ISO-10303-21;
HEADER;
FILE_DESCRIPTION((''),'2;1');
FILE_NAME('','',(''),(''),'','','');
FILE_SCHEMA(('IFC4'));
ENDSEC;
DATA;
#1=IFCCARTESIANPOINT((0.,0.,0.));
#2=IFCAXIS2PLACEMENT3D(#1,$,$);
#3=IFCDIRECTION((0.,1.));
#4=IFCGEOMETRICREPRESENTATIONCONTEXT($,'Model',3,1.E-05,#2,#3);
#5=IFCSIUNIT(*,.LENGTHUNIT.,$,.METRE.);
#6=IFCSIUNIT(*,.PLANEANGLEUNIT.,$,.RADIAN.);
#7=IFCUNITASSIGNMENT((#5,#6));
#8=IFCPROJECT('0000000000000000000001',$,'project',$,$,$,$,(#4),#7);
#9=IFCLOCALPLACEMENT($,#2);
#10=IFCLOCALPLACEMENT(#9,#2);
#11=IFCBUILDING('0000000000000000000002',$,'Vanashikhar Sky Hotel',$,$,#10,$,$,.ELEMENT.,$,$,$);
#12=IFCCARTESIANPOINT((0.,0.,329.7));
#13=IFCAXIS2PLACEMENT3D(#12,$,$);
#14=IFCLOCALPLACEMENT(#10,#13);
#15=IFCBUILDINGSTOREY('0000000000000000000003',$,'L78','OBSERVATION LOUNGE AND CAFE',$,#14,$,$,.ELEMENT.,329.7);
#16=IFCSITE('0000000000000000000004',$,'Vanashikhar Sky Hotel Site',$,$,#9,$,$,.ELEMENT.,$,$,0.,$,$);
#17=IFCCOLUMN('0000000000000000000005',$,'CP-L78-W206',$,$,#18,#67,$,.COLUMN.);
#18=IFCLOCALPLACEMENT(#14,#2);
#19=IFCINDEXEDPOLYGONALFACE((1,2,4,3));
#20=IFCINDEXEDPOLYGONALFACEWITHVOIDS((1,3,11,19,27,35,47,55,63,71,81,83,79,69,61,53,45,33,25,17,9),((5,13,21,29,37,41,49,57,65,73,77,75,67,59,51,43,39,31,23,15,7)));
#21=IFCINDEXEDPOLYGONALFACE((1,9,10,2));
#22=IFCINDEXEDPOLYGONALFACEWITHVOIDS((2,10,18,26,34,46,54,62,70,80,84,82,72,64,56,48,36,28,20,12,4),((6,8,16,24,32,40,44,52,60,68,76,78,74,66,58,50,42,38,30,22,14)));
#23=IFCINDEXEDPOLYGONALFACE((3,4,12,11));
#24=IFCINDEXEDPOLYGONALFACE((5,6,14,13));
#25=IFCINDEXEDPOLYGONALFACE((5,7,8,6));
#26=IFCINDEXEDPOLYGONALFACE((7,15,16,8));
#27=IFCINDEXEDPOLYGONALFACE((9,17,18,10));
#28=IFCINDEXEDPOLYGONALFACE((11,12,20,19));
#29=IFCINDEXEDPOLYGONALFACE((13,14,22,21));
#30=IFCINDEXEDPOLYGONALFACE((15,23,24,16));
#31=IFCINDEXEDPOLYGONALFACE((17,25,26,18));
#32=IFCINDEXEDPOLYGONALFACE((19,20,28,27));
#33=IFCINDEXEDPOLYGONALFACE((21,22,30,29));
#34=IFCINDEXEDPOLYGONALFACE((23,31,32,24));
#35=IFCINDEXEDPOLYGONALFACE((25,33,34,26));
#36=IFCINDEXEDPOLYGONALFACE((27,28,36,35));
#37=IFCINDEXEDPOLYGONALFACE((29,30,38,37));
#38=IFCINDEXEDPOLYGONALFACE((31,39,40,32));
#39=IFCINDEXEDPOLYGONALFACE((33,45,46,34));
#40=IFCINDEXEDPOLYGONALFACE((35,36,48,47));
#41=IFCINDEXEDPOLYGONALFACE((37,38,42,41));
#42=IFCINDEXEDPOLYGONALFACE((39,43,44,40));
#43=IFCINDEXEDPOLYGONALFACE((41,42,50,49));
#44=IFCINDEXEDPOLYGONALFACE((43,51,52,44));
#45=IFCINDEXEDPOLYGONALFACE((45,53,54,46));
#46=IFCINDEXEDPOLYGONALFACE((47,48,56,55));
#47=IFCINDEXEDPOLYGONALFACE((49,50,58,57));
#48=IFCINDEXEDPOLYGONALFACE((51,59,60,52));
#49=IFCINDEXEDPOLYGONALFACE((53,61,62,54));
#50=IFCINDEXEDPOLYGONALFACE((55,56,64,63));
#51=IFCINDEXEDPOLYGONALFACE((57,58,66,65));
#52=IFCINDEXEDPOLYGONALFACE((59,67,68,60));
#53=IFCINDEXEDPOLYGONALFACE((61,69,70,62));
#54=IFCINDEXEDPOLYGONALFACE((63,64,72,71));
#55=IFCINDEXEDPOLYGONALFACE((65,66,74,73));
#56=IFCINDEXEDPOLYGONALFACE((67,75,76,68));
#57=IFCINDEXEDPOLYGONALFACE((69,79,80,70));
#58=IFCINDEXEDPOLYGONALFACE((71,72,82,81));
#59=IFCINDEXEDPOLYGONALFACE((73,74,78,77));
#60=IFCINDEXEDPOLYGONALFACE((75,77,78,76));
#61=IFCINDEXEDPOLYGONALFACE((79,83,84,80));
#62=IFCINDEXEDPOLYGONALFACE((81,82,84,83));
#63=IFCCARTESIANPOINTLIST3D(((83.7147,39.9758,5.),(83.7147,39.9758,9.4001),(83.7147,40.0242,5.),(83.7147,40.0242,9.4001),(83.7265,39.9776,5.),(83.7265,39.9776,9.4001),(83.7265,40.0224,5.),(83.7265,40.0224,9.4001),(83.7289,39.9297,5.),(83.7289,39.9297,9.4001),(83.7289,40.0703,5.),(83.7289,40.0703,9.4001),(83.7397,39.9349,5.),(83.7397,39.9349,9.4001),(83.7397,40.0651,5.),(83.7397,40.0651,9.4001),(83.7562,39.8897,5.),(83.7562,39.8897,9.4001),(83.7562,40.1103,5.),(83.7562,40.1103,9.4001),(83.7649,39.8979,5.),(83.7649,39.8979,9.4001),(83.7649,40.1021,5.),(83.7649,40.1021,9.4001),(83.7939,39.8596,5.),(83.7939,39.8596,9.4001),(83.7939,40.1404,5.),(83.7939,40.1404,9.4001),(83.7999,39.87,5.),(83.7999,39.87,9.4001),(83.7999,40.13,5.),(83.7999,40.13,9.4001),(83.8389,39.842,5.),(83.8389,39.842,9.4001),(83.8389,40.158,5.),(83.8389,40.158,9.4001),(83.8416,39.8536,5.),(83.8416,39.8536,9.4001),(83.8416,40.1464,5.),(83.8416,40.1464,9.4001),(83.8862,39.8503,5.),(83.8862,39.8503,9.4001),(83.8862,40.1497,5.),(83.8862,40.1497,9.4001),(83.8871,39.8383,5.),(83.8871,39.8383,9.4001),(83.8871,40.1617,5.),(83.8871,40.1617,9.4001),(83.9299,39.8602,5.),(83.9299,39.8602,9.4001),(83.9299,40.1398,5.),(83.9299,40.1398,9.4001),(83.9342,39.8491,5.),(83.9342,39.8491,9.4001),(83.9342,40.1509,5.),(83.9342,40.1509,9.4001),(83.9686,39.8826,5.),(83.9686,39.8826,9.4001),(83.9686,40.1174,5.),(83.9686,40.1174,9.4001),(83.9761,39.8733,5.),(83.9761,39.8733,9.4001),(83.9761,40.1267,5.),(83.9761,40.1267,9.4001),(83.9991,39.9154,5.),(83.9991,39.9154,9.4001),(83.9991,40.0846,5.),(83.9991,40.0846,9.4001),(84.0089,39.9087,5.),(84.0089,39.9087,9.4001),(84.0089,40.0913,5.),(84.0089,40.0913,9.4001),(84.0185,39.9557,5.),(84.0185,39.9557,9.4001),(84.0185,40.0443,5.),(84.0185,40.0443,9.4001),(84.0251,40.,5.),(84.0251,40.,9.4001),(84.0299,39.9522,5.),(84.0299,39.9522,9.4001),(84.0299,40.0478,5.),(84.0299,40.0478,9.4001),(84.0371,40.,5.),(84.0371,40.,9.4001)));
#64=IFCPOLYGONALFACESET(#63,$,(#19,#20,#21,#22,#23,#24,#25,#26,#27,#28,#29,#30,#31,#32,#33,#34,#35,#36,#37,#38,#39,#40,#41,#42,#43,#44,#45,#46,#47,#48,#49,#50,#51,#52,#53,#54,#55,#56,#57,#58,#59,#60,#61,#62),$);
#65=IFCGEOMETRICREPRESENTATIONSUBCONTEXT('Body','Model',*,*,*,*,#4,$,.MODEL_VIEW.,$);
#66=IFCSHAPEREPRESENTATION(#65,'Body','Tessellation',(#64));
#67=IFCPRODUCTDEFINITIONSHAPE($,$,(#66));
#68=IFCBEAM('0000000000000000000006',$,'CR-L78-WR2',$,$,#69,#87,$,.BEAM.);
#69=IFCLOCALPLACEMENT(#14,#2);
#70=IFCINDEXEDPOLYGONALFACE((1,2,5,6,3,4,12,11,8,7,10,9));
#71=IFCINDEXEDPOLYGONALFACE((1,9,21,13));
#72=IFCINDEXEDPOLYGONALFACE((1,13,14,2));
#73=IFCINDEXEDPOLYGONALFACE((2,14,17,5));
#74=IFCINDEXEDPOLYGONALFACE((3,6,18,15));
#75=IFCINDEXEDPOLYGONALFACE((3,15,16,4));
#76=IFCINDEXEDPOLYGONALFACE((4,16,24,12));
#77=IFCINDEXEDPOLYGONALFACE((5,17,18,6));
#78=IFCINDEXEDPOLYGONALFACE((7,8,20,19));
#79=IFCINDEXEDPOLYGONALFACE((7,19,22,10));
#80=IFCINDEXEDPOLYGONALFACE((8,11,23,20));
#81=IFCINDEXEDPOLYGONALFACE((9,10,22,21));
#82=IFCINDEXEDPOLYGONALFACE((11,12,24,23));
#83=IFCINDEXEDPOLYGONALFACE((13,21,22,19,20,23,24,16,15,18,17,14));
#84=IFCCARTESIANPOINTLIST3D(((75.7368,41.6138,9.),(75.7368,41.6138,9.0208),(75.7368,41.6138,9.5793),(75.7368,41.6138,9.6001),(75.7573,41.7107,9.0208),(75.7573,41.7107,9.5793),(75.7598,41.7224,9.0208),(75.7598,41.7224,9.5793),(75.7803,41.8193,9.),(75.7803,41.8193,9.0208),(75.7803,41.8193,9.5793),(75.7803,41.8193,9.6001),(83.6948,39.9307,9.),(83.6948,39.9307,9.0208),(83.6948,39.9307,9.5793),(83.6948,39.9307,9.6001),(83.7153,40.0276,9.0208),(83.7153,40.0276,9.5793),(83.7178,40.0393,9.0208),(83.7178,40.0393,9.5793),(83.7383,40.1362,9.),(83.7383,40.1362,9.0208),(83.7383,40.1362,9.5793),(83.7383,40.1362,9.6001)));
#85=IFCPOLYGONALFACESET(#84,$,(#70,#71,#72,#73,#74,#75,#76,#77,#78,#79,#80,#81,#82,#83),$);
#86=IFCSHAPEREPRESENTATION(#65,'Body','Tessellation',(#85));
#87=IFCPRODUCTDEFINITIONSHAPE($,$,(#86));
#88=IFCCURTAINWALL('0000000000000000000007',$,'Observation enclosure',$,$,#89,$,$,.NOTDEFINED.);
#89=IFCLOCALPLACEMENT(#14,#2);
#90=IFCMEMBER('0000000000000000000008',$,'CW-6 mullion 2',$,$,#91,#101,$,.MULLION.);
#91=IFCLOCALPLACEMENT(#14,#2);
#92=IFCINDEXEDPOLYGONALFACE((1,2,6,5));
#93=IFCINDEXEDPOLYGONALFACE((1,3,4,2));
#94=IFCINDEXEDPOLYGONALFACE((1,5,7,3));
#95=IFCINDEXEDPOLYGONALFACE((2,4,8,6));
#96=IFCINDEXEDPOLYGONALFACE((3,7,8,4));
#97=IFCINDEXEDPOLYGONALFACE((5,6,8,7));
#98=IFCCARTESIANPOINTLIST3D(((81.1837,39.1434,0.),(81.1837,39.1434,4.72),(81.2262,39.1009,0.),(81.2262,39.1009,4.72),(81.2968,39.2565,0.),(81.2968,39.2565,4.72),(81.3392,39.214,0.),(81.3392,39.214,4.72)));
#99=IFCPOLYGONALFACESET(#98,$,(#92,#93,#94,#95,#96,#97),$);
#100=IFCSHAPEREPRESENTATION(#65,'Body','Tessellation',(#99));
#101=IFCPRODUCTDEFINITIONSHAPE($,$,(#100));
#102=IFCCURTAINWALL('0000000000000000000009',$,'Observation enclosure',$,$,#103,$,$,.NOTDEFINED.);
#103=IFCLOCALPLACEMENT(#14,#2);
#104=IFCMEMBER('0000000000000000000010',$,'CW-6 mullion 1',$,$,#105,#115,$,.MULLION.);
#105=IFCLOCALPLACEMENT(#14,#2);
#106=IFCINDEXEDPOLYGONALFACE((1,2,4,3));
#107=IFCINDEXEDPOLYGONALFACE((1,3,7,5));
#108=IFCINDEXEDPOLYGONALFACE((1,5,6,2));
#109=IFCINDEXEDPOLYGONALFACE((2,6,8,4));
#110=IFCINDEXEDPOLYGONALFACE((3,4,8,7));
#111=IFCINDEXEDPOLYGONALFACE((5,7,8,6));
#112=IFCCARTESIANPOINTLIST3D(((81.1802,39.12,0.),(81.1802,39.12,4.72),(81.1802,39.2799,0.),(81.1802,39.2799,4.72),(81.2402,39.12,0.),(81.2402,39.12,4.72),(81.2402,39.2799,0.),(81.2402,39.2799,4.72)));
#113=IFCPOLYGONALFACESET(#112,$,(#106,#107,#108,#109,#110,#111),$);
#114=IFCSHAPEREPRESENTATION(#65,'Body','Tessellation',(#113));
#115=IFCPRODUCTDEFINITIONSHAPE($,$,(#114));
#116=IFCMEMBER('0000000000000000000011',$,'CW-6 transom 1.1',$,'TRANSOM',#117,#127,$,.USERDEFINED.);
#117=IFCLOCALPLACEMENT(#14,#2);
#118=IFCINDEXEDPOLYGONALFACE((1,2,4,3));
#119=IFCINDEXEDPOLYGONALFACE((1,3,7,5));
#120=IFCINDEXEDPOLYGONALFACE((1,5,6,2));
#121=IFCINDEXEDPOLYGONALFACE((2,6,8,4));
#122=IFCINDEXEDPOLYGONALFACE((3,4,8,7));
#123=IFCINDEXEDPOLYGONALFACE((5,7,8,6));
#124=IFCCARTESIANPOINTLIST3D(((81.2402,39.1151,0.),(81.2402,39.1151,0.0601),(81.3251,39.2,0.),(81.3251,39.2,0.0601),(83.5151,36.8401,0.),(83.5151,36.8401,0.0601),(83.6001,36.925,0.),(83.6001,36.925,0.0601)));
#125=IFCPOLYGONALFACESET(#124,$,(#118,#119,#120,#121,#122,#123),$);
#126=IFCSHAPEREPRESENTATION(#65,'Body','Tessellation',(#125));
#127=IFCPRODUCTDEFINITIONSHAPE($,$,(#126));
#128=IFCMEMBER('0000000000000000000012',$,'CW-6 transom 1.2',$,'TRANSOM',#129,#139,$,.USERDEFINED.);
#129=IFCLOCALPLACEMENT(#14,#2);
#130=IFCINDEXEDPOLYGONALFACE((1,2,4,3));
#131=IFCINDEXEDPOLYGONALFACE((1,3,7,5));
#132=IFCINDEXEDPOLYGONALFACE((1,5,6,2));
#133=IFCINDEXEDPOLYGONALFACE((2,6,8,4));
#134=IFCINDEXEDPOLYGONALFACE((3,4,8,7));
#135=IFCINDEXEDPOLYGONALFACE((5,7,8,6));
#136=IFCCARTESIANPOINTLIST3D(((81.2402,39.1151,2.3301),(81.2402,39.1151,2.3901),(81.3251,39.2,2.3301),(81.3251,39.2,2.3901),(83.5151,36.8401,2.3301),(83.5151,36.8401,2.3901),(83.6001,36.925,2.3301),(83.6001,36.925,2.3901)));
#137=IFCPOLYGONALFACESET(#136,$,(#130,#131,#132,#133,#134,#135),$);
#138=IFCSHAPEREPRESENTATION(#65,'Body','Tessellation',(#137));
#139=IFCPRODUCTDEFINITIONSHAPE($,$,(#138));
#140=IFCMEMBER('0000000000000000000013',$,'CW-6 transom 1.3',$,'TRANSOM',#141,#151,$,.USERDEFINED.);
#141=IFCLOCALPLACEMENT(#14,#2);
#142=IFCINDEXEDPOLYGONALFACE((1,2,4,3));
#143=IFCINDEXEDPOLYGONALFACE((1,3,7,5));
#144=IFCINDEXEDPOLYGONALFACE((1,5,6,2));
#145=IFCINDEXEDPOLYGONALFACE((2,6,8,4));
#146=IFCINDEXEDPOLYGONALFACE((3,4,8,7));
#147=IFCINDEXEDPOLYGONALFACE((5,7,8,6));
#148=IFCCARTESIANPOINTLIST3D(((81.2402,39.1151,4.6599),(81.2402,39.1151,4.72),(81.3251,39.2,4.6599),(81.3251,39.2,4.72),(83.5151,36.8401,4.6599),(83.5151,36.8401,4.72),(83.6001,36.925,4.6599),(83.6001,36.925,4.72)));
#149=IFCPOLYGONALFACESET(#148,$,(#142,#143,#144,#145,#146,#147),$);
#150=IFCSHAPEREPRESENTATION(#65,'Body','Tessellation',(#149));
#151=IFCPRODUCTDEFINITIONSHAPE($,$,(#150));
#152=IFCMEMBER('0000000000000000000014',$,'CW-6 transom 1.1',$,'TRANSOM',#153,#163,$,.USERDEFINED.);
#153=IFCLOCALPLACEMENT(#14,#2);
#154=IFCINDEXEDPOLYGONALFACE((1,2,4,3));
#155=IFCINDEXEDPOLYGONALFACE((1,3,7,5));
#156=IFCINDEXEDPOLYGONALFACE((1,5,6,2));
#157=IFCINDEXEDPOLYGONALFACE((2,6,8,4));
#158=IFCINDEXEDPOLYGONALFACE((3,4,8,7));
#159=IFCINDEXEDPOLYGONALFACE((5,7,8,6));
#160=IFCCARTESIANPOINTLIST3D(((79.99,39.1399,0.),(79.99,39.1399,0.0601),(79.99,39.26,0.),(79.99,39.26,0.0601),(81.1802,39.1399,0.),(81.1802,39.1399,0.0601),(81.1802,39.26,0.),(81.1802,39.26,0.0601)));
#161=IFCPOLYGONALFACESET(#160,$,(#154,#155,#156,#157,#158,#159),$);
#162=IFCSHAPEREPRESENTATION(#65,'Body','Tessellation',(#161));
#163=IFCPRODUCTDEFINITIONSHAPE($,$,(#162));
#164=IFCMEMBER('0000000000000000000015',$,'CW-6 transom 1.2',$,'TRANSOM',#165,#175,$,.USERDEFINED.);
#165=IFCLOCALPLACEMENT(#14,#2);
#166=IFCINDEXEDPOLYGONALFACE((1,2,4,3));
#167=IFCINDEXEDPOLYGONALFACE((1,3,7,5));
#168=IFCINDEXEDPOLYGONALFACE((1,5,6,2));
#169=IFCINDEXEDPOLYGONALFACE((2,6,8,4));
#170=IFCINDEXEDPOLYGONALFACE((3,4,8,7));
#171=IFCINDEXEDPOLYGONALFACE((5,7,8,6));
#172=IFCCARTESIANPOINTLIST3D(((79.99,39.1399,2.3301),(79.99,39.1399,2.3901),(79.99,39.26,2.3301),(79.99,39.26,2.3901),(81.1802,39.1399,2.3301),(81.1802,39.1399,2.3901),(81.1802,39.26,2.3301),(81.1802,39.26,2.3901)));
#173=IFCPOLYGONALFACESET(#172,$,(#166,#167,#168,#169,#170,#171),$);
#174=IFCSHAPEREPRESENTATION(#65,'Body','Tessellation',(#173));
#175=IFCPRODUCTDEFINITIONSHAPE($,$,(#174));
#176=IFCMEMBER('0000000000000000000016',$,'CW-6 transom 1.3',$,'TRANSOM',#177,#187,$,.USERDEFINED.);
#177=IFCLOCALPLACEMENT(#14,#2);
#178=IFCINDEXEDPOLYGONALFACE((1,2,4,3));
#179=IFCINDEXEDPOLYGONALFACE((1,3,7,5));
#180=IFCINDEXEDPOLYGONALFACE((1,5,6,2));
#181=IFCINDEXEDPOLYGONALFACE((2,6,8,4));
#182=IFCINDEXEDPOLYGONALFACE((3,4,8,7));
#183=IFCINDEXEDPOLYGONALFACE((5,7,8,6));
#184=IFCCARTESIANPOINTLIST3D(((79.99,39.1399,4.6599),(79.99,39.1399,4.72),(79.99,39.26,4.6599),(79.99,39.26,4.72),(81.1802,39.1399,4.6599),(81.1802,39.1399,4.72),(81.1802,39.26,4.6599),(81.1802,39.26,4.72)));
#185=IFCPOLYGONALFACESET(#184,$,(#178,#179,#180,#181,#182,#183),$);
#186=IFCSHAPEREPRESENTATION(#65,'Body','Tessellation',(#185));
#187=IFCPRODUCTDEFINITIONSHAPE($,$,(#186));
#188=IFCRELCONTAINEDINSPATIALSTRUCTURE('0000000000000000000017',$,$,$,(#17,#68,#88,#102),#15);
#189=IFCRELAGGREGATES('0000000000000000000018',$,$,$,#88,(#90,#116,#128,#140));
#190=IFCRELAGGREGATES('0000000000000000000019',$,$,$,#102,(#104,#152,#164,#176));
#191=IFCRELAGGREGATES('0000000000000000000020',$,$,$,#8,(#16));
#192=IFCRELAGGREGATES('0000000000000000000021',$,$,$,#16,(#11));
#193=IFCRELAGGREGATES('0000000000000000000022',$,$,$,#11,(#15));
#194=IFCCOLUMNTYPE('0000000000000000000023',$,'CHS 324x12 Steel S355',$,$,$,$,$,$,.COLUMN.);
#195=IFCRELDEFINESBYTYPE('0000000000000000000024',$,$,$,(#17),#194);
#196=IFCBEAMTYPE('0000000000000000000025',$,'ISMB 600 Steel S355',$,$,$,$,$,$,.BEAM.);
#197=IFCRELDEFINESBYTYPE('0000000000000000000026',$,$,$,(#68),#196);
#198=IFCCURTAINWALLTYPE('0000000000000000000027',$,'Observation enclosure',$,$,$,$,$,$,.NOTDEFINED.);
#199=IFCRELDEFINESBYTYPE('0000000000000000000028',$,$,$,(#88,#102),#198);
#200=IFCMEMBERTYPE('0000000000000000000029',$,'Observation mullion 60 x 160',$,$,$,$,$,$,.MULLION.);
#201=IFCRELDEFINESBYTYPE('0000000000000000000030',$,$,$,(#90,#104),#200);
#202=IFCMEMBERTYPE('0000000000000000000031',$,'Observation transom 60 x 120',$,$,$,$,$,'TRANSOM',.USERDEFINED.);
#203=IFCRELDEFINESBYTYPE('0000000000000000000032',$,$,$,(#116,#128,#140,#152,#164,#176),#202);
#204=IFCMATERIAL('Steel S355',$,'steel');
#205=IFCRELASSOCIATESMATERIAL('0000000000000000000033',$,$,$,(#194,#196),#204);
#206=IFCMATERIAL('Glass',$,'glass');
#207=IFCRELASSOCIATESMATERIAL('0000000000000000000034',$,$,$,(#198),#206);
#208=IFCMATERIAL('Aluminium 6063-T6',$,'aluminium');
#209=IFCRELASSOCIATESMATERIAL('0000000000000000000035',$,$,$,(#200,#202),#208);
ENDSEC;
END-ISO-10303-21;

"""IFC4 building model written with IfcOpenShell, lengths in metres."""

from ifc_helpers import new_model, si_unit, direction, frame, origin, origin_2d, place, context, subcontext, project, spatial, rectangle, hollow_circle, i_section, extrude, source, transform, mapped, material, material_profile, profile_set, type_object, element, aggregate, save


model = new_model("IFC4")

# Units and contexts
model_context = context("Model", 3, precision=1e-05, world=origin(), true_north=direction((0.0, 1.0)))
body_context = subcontext(model_context, "Body", "Model", "MODEL_VIEW")
ifc_project = project(units=[si_unit("LENGTHUNIT", "METRE"), si_unit("PLANEANGLEUNIT", "RADIAN")], contexts=[model_context])

# Site, building, storey
site_placement = place(None, origin())
site = spatial("IfcSite", under=ifc_project, at=site_placement, Name="Vanashikhar Sky Hotel Site", CompositionType="ELEMENT", RefElevation=0.0)
building_placement = place(site_placement, origin())
building = spatial("IfcBuilding", under=site, at=building_placement, Name="Vanashikhar Sky Hotel", CompositionType="ELEMENT")
storey_placement = place(building_placement, frame((0.0, 0.0, 329.7)))
storey = spatial("IfcBuildingStorey", under=building, at=storey_placement, Name="L78", Description="OBSERVATION LOUNGE AND CAFE", CompositionType="ELEMENT", Elevation=329.7)

# Column
ifc_material_1 = material(Name="Steel S355", Category="steel")
ifc_material_profile_1 = material_profile(ifc_material_1, hollow_circle(Radius=0.1621, WallThickness=0.012, at=origin_2d()))
ifc_profile_set_1 = profile_set([ifc_material_profile_1], Name="CHS 324x12 Steel S355")
column_type = type_object("IfcColumnType", Name="CHS 324x12 Steel S355", PredefinedType="COLUMN", material=ifc_profile_set_1)
shared_shape_1 = source(origin(), body_context, "Body", "SweptSolid", [
    extrude(hollow_circle(Radius=0.1621, WallThickness=0.012, at=origin_2d()), origin(), (0.0, 0.0, 1.0), 4.4001),
])
column_placement = place(storey_placement, frame((83.875, 40.0, 5.0), z_axis=(0.0, 0.0, 1.0), x_axis=(1.0, 0.0, 0.0)))
element("IfcColumn", 1, at=column_placement, inside=storey, type_object=column_type, Name="CP-L78-W206", PredefinedType="COLUMN", context=body_context, shape_type="MappedRepresentation", body=[
    mapped(shared_shape_1, transform((0.0, 0.0, 0.0), scale=1.0)),
])

# Beam
ifc_material_profile_2 = material_profile(ifc_material_1, i_section(OverallWidth=0.21, OverallDepth=0.6001, WebThickness=0.012, FlangeThickness=0.0208, at=origin_2d()), Name="ISMB 600")
ifc_profile_set_2 = profile_set([ifc_material_profile_2], Name="Steel S355")
beam_type = type_object("IfcBeamType", Name="ISMB 600 Steel S355", PredefinedType="BEAM", material=ifc_profile_set_2)
shared_shape_2 = source(origin(), body_context, "Body", "SweptSolid", [
    extrude(i_section(OverallWidth=0.21, OverallDepth=0.6001, WebThickness=0.012, FlangeThickness=0.0208, at=origin_2d()), origin(), (0.0, 0.0, 1.0), 8.134),
])
beam_placement = place(storey_placement, frame((83.7166, 40.0334, 9.3), z_axis=(-0.978358, 0.206921, 0.0), x_axis=(-0.206921, -0.978358, 0.0)))
element("IfcBeam", 2, at=beam_placement, inside=storey, type_object=beam_type, Name="CR-L78-WR2", PredefinedType="BEAM", context=body_context, shape_type="MappedRepresentation", body=[
    mapped(shared_shape_2, transform((0.0, 0.0, 0.0), scale=1.0)),
])

# Curtain walls, members
ifc_material_2 = material(Name="Glass", Category="glass")
curtain_wall_type = type_object("IfcCurtainWallType", Name="Observation enclosure", PredefinedType="NOTDEFINED", material=ifc_material_2)
curtain_wall_1_placement = place(storey_placement, origin())
curtain_wall_1 = element("IfcCurtainWall", 3, at=curtain_wall_1_placement, inside=storey, type_object=curtain_wall_type, Name="Observation enclosure", PredefinedType="NOTDEFINED")
ifc_material_3 = material(Name="Aluminium 6063-T6", Category="aluminium")
ifc_material_profile_3 = material_profile(ifc_material_3, rectangle(XDim=0.1599, YDim=0.0601, at=origin_2d()))
ifc_profile_set_3 = profile_set([ifc_material_profile_3], Name="Aluminium 6063-T6")
member_type_1 = type_object("IfcMemberType", Name="Observation mullion 60 x 160", PredefinedType="MULLION", material=ifc_profile_set_3)
shared_shape_3 = source(origin(), body_context, "Body", "SweptSolid", [
    extrude(rectangle(XDim=0.1599, YDim=0.0601, at=origin_2d()), origin(), (0.0, 0.0, 1.0), 4.72),
])
member_1_placement = place(storey_placement, frame((81.2615, 39.1787, 0.0), z_axis=(0.0, 0.0, 1.0), x_axis=(-0.707107, -0.707107, 0.0)))
member_1 = element("IfcMember", 4, at=member_1_placement, type_object=member_type_1, Name="CW-6 mullion 2", PredefinedType="MULLION", context=body_context, shape_type="MappedRepresentation", body=[
    mapped(shared_shape_3, transform((0.0, 0.0, 0.0), scale=1.0)),
])
curtain_wall_2_placement = place(storey_placement, origin())
curtain_wall_2 = element("IfcCurtainWall", 5, at=curtain_wall_2_placement, inside=storey, type_object=curtain_wall_type, Name="Observation enclosure", PredefinedType="NOTDEFINED")
member_2_placement = place(storey_placement, frame((81.2102, 39.2, 0.0), z_axis=(0.0, 0.0, 1.0), x_axis=(0.0, -1.0, 0.0)))
member_2 = element("IfcMember", 6, at=member_2_placement, type_object=member_type_1, Name="CW-6 mullion 1", PredefinedType="MULLION", context=body_context, shape_type="MappedRepresentation", body=[
    mapped(shared_shape_3, transform((0.0, 0.0, 0.0), scale=1.0)),
])

# Members
ifc_material_profile_4 = material_profile(ifc_material_3, rectangle(XDim=0.1201, YDim=0.0601, at=origin_2d()))
ifc_profile_set_4 = profile_set([ifc_material_profile_4], Name="Aluminium 6063-T6")
member_type_2 = type_object("IfcMemberType", Name="Observation transom 60 x 120", ElementType="TRANSOM", PredefinedType="USERDEFINED", material=ifc_profile_set_4)
shared_shape_4 = source(origin(), body_context, "Body", "SweptSolid", [
    extrude(rectangle(XDim=0.1201, YDim=0.0601, at=origin_2d()), origin(), (0.0, 0.0, 1.0), 3.2173),
])
member_3_placement = place(storey_placement, frame((83.5576, 36.8826, 0.03), z_axis=(-0.707107, 0.707107, 0.0), x_axis=(-0.707107, -0.707107, 0.0)))
member_3 = element("IfcMember", 7, at=member_3_placement, type_object=member_type_2, Name="CW-6 transom 1.1", ObjectType="TRANSOM", PredefinedType="USERDEFINED", context=body_context, shape_type="MappedRepresentation", body=[
    mapped(shared_shape_4, transform((0.0, 0.0, 0.0), scale=1.0)),
])
member_4_placement = place(storey_placement, frame((83.5576, 36.8826, 2.3601), z_axis=(-0.707107, 0.707107, 0.0), x_axis=(-0.707107, -0.707107, 0.0)))
member_4 = element("IfcMember", 8, at=member_4_placement, type_object=member_type_2, Name="CW-6 transom 1.2", ObjectType="TRANSOM", PredefinedType="USERDEFINED", context=body_context, shape_type="MappedRepresentation", body=[
    mapped(shared_shape_4, transform((0.0, 0.0, 0.0), scale=1.0)),
])
member_5_placement = place(storey_placement, frame((83.5576, 36.8826, 4.6899), z_axis=(-0.707107, 0.707107, 0.0), x_axis=(-0.707107, -0.707107, 0.0)))
member_5 = element("IfcMember", 9, at=member_5_placement, type_object=member_type_2, Name="CW-6 transom 1.3", ObjectType="TRANSOM", PredefinedType="USERDEFINED", context=body_context, shape_type="MappedRepresentation", body=[
    mapped(shared_shape_4, transform((0.0, 0.0, 0.0), scale=1.0)),
])
shared_shape_5 = source(origin(), body_context, "Body", "SweptSolid", [
    extrude(rectangle(XDim=0.1201, YDim=0.0601, at=origin_2d()), origin(), (0.0, 0.0, 1.0), 1.1902),
])
member_6_placement = place(storey_placement, frame((81.1802, 39.2, 0.03), z_axis=(-1.0, 0.0, 0.0), x_axis=(0.0, -1.0, 0.0)))
member_6 = element("IfcMember", 10, at=member_6_placement, type_object=member_type_2, Name="CW-6 transom 1.1", ObjectType="TRANSOM", PredefinedType="USERDEFINED", context=body_context, shape_type="MappedRepresentation", body=[
    mapped(shared_shape_5, transform((0.0, 0.0, 0.0), scale=1.0)),
])
member_7_placement = place(storey_placement, frame((81.1802, 39.2, 2.3601), z_axis=(-1.0, 0.0, 0.0), x_axis=(0.0, -1.0, 0.0)))
member_7 = element("IfcMember", 11, at=member_7_placement, type_object=member_type_2, Name="CW-6 transom 1.2", ObjectType="TRANSOM", PredefinedType="USERDEFINED", context=body_context, shape_type="MappedRepresentation", body=[
    mapped(shared_shape_5, transform((0.0, 0.0, 0.0), scale=1.0)),
])
member_8_placement = place(storey_placement, frame((81.1802, 39.2, 4.6899), z_axis=(-1.0, 0.0, 0.0), x_axis=(0.0, -1.0, 0.0)))
member_8 = element("IfcMember", 12, at=member_8_placement, type_object=member_type_2, Name="CW-6 transom 1.3", ObjectType="TRANSOM", PredefinedType="USERDEFINED", context=body_context, shape_type="MappedRepresentation", body=[
    mapped(shared_shape_5, transform((0.0, 0.0, 0.0), scale=1.0)),
])

aggregate(curtain_wall_1, [member_1, member_3, member_4, member_5])
aggregate(curtain_wall_2, [member_2, member_6, member_7, member_8])

save(model, "model.ifc")
